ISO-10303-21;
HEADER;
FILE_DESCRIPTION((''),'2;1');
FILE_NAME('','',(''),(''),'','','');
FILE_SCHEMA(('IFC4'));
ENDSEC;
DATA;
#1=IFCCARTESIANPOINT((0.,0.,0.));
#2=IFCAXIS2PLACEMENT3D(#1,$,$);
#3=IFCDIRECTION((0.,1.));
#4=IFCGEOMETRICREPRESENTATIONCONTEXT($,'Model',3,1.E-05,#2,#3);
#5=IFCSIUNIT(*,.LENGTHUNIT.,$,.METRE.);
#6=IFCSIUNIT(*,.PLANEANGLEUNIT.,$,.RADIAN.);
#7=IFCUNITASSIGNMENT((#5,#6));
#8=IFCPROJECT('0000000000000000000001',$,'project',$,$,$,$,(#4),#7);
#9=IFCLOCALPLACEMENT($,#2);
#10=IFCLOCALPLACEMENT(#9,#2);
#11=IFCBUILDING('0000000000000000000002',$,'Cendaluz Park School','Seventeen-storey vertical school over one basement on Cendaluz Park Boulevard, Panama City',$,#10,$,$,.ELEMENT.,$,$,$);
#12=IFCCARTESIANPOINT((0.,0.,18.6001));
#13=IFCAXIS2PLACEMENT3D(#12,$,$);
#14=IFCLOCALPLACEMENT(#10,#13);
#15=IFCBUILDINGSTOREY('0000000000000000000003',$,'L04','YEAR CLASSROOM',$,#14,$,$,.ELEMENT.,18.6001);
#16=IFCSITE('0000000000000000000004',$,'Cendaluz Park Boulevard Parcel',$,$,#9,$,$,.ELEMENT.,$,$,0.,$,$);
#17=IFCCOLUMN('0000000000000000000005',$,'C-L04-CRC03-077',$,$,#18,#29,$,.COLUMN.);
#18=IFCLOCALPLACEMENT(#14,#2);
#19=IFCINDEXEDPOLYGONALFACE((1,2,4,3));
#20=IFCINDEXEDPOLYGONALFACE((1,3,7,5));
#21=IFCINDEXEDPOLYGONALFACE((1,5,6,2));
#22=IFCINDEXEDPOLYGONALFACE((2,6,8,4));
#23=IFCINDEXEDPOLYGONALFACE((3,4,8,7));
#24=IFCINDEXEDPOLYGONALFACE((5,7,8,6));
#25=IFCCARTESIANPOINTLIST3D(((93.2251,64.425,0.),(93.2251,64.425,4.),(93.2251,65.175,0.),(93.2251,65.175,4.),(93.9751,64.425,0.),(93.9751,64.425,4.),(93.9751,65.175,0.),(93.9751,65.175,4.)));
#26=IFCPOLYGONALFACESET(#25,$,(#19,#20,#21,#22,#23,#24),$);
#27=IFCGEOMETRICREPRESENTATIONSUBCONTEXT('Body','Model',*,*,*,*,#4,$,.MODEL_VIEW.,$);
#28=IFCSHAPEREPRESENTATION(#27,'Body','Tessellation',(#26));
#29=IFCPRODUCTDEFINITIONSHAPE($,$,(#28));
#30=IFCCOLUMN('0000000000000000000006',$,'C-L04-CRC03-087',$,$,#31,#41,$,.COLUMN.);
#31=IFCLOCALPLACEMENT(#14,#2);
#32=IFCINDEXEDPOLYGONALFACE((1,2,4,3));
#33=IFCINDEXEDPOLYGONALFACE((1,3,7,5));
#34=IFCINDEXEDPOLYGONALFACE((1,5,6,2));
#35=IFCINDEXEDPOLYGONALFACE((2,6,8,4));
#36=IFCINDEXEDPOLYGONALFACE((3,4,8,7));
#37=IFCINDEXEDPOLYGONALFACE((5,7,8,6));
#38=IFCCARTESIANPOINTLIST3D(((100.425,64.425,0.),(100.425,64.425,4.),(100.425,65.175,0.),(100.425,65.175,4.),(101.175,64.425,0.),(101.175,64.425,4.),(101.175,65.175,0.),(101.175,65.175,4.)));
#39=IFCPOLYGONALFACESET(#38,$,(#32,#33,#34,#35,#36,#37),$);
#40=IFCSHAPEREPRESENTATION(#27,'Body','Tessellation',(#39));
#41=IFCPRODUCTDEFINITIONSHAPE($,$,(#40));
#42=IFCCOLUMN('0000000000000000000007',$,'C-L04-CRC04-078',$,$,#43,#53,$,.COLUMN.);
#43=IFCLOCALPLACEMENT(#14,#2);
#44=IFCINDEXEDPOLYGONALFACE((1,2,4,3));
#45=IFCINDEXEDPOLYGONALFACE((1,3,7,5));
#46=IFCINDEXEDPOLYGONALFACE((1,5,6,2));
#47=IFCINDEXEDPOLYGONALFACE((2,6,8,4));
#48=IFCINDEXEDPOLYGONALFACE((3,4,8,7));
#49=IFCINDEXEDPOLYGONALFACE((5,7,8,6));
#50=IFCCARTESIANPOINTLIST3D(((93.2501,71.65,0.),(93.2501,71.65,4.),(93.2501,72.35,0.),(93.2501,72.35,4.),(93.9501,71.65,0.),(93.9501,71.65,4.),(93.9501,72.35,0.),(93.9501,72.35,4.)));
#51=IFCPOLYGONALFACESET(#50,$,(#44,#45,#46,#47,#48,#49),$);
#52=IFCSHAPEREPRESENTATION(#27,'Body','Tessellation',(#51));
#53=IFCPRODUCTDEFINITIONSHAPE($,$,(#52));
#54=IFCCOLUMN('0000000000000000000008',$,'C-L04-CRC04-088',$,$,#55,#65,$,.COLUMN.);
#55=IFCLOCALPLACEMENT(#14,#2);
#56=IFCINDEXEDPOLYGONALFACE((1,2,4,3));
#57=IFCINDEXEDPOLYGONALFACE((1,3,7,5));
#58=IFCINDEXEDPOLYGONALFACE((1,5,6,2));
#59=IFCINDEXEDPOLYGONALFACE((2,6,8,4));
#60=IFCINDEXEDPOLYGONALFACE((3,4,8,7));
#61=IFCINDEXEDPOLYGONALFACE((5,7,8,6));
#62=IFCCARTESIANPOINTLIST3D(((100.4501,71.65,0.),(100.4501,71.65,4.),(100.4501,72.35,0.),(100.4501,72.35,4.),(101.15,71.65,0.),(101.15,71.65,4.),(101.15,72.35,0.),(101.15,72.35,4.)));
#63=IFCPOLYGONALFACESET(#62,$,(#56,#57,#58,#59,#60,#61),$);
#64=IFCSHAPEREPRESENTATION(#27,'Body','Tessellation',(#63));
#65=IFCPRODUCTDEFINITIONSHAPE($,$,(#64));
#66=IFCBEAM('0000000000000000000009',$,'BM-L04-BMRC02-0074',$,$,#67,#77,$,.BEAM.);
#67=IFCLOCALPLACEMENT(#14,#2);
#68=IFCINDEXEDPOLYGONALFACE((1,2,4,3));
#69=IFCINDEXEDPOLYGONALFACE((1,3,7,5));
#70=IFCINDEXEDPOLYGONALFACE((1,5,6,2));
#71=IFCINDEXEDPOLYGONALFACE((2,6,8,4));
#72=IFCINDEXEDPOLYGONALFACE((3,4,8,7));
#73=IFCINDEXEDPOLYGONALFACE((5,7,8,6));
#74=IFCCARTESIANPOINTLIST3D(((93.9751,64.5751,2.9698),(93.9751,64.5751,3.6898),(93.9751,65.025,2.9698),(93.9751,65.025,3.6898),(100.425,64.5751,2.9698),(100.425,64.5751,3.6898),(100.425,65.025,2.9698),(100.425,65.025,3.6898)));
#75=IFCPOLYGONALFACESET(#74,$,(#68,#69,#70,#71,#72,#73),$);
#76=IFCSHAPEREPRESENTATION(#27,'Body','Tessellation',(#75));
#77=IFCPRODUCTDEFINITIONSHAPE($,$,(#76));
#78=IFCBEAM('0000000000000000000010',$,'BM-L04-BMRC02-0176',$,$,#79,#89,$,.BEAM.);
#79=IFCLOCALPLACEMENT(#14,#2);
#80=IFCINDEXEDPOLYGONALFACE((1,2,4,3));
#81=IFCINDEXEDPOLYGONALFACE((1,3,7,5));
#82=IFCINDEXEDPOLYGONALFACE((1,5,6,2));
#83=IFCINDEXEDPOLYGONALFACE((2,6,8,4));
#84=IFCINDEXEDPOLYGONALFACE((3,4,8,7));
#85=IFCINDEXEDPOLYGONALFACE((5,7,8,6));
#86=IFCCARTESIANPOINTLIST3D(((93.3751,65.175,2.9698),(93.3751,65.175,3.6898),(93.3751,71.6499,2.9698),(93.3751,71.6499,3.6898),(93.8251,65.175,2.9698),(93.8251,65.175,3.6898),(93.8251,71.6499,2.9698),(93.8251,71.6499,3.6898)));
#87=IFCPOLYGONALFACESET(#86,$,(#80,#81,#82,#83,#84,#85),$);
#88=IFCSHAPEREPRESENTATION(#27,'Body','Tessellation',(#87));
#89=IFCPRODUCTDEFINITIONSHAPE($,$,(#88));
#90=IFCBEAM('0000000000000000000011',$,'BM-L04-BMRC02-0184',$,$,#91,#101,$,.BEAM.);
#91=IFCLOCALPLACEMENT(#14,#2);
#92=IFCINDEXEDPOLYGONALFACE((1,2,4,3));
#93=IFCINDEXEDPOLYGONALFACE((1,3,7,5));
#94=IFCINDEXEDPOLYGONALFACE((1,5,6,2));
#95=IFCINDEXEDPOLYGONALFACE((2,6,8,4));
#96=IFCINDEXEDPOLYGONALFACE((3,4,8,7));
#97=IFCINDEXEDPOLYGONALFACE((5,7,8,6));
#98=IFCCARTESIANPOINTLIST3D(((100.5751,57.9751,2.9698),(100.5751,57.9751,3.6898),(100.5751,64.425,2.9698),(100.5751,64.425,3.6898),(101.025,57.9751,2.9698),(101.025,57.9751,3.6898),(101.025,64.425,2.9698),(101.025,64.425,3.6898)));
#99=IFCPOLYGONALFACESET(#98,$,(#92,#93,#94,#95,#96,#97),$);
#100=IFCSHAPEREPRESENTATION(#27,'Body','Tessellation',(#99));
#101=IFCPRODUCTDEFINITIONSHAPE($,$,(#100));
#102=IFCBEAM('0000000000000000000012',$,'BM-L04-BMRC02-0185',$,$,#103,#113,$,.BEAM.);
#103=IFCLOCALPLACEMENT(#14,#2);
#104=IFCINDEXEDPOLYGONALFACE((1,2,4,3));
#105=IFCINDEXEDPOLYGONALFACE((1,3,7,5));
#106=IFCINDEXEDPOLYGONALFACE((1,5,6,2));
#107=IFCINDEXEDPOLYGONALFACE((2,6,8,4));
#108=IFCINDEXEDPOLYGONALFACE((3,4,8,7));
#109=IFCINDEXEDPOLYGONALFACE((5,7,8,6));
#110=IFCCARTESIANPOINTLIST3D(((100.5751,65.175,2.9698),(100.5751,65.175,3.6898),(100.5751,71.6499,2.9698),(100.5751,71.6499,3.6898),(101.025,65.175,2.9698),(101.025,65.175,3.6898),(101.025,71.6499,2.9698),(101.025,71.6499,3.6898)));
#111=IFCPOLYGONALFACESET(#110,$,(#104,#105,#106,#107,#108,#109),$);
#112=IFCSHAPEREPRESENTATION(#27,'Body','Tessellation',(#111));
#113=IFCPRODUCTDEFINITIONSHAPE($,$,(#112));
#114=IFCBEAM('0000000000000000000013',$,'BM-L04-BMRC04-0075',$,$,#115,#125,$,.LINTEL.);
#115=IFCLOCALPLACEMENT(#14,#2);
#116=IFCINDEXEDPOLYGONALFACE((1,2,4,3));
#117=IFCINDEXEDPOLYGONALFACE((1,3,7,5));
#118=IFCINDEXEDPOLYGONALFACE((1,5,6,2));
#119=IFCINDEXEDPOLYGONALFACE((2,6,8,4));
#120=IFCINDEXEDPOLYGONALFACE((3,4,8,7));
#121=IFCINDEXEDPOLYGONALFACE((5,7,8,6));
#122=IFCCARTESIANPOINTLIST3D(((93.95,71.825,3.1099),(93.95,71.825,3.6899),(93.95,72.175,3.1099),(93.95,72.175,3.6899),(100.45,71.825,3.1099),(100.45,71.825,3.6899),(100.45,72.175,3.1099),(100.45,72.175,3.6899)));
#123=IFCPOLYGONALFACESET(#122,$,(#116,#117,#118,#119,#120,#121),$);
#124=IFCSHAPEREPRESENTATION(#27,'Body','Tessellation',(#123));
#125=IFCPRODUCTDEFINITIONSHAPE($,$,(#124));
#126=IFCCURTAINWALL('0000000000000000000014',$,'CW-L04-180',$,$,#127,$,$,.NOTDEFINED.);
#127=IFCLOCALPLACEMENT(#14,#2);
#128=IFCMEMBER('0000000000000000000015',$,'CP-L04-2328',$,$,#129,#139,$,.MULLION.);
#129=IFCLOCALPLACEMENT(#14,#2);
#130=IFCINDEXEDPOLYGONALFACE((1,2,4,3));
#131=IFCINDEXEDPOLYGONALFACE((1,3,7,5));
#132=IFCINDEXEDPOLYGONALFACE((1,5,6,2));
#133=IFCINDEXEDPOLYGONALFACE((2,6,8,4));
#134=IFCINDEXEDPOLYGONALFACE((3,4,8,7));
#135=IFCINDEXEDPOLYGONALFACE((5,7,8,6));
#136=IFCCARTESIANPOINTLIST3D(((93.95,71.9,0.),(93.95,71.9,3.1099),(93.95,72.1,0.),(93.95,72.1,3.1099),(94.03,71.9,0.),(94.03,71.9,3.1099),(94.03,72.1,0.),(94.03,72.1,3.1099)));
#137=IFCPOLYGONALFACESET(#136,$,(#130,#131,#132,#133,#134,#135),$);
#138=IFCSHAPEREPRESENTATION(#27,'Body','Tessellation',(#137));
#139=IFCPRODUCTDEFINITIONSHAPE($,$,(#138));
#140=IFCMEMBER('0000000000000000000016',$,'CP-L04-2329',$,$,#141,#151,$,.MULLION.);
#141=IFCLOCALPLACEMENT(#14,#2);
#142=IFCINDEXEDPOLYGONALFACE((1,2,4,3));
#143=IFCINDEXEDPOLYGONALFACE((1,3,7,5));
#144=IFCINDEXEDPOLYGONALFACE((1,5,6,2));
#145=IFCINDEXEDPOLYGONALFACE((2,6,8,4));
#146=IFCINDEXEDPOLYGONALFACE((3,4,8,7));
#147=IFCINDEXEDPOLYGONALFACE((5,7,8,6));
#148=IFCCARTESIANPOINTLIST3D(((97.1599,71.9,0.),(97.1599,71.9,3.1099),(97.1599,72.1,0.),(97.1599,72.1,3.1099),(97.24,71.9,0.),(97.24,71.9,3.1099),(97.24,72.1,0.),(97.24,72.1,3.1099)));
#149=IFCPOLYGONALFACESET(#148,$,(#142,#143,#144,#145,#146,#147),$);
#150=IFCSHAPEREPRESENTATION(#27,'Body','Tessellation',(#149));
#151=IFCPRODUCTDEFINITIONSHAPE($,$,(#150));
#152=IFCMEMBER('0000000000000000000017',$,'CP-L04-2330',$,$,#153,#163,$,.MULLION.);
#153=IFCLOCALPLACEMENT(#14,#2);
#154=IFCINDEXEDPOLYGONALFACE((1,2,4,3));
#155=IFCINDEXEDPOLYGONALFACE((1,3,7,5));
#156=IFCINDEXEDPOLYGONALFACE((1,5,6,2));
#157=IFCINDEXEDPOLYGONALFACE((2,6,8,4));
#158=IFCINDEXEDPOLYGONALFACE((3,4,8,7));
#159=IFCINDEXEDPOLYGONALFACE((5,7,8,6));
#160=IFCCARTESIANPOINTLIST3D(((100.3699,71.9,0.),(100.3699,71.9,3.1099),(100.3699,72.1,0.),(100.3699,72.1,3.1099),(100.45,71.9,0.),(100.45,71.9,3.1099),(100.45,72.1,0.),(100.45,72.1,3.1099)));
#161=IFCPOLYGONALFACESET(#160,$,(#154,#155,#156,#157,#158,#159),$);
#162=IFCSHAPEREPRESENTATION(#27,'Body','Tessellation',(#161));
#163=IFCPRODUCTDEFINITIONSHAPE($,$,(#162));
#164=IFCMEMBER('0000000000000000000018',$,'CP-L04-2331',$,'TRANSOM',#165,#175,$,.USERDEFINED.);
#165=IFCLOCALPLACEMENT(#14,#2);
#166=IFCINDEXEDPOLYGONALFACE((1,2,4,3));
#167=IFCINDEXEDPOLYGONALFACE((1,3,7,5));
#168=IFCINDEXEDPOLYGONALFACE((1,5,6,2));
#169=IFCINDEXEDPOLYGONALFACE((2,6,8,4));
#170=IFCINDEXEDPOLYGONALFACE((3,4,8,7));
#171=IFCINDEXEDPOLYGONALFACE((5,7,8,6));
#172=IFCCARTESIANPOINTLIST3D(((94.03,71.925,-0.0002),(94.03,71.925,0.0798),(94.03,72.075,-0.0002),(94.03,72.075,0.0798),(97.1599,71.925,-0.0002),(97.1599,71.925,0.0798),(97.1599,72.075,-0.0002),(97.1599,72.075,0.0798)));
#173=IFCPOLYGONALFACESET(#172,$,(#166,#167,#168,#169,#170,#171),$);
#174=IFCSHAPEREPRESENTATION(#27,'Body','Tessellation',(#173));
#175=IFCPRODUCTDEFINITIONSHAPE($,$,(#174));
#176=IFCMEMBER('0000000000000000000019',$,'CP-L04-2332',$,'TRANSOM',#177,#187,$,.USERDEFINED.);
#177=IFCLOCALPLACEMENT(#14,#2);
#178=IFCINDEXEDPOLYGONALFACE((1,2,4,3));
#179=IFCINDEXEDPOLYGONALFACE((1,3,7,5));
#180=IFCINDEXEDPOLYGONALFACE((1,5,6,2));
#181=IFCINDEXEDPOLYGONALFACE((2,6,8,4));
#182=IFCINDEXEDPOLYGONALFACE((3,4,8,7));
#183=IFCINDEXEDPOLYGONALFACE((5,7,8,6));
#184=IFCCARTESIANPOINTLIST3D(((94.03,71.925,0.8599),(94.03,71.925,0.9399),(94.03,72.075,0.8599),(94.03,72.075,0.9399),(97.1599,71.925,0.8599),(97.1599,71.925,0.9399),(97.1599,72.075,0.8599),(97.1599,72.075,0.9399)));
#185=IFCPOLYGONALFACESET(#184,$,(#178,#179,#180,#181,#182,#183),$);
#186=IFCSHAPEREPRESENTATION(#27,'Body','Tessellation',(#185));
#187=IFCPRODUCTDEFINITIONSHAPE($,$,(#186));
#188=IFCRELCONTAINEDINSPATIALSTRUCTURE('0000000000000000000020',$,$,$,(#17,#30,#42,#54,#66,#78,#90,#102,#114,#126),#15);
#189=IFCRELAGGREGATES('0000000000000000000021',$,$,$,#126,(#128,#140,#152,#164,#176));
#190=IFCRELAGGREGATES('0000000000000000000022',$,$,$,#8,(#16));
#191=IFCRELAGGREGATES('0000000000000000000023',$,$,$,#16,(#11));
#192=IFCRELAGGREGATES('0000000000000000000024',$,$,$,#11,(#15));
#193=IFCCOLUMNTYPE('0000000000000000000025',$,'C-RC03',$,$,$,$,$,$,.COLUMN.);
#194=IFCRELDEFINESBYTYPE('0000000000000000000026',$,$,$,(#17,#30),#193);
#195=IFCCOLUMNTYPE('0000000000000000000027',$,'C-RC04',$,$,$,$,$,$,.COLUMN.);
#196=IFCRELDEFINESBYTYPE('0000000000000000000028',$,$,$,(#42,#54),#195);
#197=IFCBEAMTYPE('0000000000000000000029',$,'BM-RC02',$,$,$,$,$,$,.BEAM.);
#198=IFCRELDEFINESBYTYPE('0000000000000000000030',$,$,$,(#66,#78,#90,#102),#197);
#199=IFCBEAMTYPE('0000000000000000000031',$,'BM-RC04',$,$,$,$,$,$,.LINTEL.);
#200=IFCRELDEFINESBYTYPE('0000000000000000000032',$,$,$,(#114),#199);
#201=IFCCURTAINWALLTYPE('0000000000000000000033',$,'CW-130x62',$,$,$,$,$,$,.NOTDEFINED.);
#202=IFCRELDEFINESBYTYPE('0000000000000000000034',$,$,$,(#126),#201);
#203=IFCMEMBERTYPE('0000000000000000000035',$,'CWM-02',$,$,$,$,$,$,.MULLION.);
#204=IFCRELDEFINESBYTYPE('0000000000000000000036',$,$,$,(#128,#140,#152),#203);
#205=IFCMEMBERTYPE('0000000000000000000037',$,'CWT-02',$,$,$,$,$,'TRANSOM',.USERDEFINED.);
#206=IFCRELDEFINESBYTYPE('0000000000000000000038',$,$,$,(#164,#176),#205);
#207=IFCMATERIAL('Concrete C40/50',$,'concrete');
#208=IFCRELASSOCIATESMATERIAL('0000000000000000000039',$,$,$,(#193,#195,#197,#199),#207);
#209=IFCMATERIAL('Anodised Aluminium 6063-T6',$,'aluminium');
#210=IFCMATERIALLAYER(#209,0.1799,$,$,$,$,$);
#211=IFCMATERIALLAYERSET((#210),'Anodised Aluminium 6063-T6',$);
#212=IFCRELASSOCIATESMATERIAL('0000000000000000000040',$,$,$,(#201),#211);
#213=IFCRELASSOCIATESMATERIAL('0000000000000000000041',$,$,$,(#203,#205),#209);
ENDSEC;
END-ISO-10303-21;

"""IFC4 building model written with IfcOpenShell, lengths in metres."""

from ifc_helpers import new_model, si_unit, direction, frame, origin, origin_2d, place, context, subcontext, project, spatial, rectangle, extrude, material, layer, layer_set, material_profile, profile_set, type_object, element, aggregate, save


model = new_model("IFC4")

# Units and contexts
model_context = context("Model", 3, precision=1e-05, world=origin(), true_north=direction((0.0, 1.0)))
body_context = subcontext(model_context, "Body", "Model", "MODEL_VIEW")
ifc_project = project(units=[si_unit("LENGTHUNIT", "METRE"), si_unit("PLANEANGLEUNIT", "RADIAN")], contexts=[model_context])

# Site, building, storey
site_placement = place(None, origin())
site = spatial("IfcSite", under=ifc_project, at=site_placement, Name="Cendaluz Park Boulevard Parcel", CompositionType="ELEMENT", RefElevation=0.0)
building_placement = place(site_placement, origin())
building = spatial("IfcBuilding", under=site, at=building_placement, Name="Cendaluz Park School", Description="Seventeen-storey vertical school over one basement on Cendaluz Park Boulevard, Panama City", CompositionType="ELEMENT")
storey_placement = place(building_placement, frame((0.0, 0.0, 18.6001)))
storey = spatial("IfcBuildingStorey", under=building, at=storey_placement, Name="L04", Description="YEAR CLASSROOM", CompositionType="ELEMENT", Elevation=18.6001)

# Columns
ifc_material_1 = material(Name="Concrete C40/50", Category="concrete")
ifc_material_profile_1 = material_profile(ifc_material_1, rectangle(XDim=0.75, YDim=0.75, at=origin_2d()), Name="RC 750x750", Category="concrete")
ifc_profile_set_1 = profile_set([ifc_material_profile_1], Name="Concrete C40/50")
column_type_1 = type_object("IfcColumnType", Name="C-RC03", PredefinedType="COLUMN", material=ifc_profile_set_1)
for number, where, z_axis, x_axis, name in (
    (1, (93.6001, 64.8, 0.0), (0.0, 0.0, 1.0), (1.0, 0.0, 0.0), "C-L04-CRC03-077"),
    (2, (100.8, 64.8, 0.0), (0.0, 0.0, 1.0), (1.0, 0.0, 0.0), "C-L04-CRC03-087"),
):
    element("IfcColumn", number, at=place(storey_placement, frame(where, z_axis=z_axis, x_axis=x_axis)), inside=storey, type_object=column_type_1, Name=name, PredefinedType="COLUMN", context=body_context, shape_type="SweptSolid", body=[
        extrude(rectangle(XDim=0.75, YDim=0.75, at=origin_2d()), origin(), (0.0, 0.0, 1.0), 4.0),
    ])
ifc_material_profile_2 = material_profile(ifc_material_1, rectangle(XDim=0.7, YDim=0.7, at=origin_2d()), Name="RC 700x700", Category="concrete")
ifc_profile_set_2 = profile_set([ifc_material_profile_2], Name="Concrete C40/50")
column_type_2 = type_object("IfcColumnType", Name="C-RC04", PredefinedType="COLUMN", material=ifc_profile_set_2)
for number, where, z_axis, x_axis, name in (
    (3, (93.6001, 72.0, 0.0), (0.0, 0.0, 1.0), (1.0, 0.0, 0.0), "C-L04-CRC04-078"),
    (4, (100.8, 72.0, 0.0), (0.0, 0.0, 1.0), (1.0, 0.0, 0.0), "C-L04-CRC04-088"),
):
    element("IfcColumn", number, at=place(storey_placement, frame(where, z_axis=z_axis, x_axis=x_axis)), inside=storey, type_object=column_type_2, Name=name, PredefinedType="COLUMN", context=body_context, shape_type="SweptSolid", body=[
        extrude(rectangle(XDim=0.7, YDim=0.7, at=origin_2d()), origin(), (0.0, 0.0, 1.0), 4.0),
    ])

# Beams
ifc_material_profile_3 = material_profile(ifc_material_1, rectangle(XDim=0.45, YDim=0.72, at=origin_2d()), Name="RC 450x720", Category="concrete")
ifc_profile_set_3 = profile_set([ifc_material_profile_3], Name="Concrete C40/50")
beam_type_1 = type_object("IfcBeamType", Name="BM-RC02", PredefinedType="BEAM", material=ifc_profile_set_3)
beam_1_placement = place(storey_placement, frame((93.9751, 64.8, 3.3298), z_axis=(1.0, 0.0, 0.0), x_axis=(0.0, 1.0, 0.0)))
element("IfcBeam", 5, at=beam_1_placement, inside=storey, type_object=beam_type_1, Name="BM-L04-BMRC02-0074", PredefinedType="BEAM", context=body_context, shape_type="SweptSolid", body=[
    extrude(rectangle(XDim=0.45, YDim=0.72, at=origin_2d()), origin(), (0.0, 0.0, 1.0), 6.45),
])
beam_2_placement = place(storey_placement, frame((93.6001, 65.175, 3.3298), z_axis=(0.0, 1.0, 0.0), x_axis=(-1.0, 0.0, 0.0)))
element("IfcBeam", 6, at=beam_2_placement, inside=storey, type_object=beam_type_1, Name="BM-L04-BMRC02-0176", PredefinedType="BEAM", context=body_context, shape_type="SweptSolid", body=[
    extrude(rectangle(XDim=0.45, YDim=0.72, at=origin_2d()), origin(), (0.0, 0.0, 1.0), 6.4749),
])
beam_3_placement = place(storey_placement, frame((100.8, 57.9751, 3.3298), z_axis=(0.0, 1.0, 0.0), x_axis=(-1.0, 0.0, 0.0)))
element("IfcBeam", 7, at=beam_3_placement, inside=storey, type_object=beam_type_1, Name="BM-L04-BMRC02-0184", PredefinedType="BEAM", context=body_context, shape_type="SweptSolid", body=[
    extrude(rectangle(XDim=0.45, YDim=0.72, at=origin_2d()), origin(), (0.0, 0.0, 1.0), 6.45),
])
beam_4_placement = place(storey_placement, frame((100.8, 65.175, 3.3298), z_axis=(0.0, 1.0, 0.0), x_axis=(-1.0, 0.0, 0.0)))
element("IfcBeam", 8, at=beam_4_placement, inside=storey, type_object=beam_type_1, Name="BM-L04-BMRC02-0185", PredefinedType="BEAM", context=body_context, shape_type="SweptSolid", body=[
    extrude(rectangle(XDim=0.45, YDim=0.72, at=origin_2d()), origin(), (0.0, 0.0, 1.0), 6.4749),
])
ifc_material_profile_4 = material_profile(ifc_material_1, rectangle(XDim=0.3501, YDim=0.5801, at=origin_2d()), Name="RC 350x580", Category="concrete")
ifc_profile_set_4 = profile_set([ifc_material_profile_4], Name="Concrete C40/50")
beam_type_2 = type_object("IfcBeamType", Name="BM-RC04", PredefinedType="LINTEL", material=ifc_profile_set_4)
beam_5_placement = place(storey_placement, frame((93.95, 72.0, 3.3999), z_axis=(1.0, 0.0, 0.0), x_axis=(0.0, 1.0, 0.0)))
element("IfcBeam", 9, at=beam_5_placement, inside=storey, type_object=beam_type_2, Name="BM-L04-BMRC04-0075", PredefinedType="LINTEL", context=body_context, shape_type="SweptSolid", body=[
    extrude(rectangle(XDim=0.3501, YDim=0.5801, at=origin_2d()), origin(), (0.0, 0.0, 1.0), 6.5),
])

# Curtain wall, members
ifc_material_2 = material(Name="Anodised Aluminium 6063-T6", Category="aluminium")
ifc_layer_1 = layer(ifc_material_2, 0.1799)
ifc_layer_set_1 = layer_set([ifc_layer_1], Name="Anodised Aluminium 6063-T6")
curtain_wall_type = type_object("IfcCurtainWallType", Name="CW-130x62", PredefinedType="NOTDEFINED", material=ifc_layer_set_1)
curtain_wall_placement = place(storey_placement, origin())
curtain_wall = element("IfcCurtainWall", 10, at=curtain_wall_placement, inside=storey, type_object=curtain_wall_type, Name="CW-L04-180", PredefinedType="NOTDEFINED")
ifc_material_profile_5 = material_profile(ifc_material_2, rectangle(XDim=0.2, YDim=0.0801, at=origin_2d()), Name="CWM 200x80", Category="aluminium")
ifc_profile_set_5 = profile_set([ifc_material_profile_5], Name="Anodised Aluminium 6063-T6")
member_type_1 = type_object("IfcMemberType", Name="CWM-02", PredefinedType="MULLION", material=ifc_profile_set_5)
member_1_placement = place(storey_placement, frame((93.99, 72.0, 0.0), z_axis=(0.0, 0.0, 1.0), x_axis=(0.0, 1.0, 0.0)))
member_1 = element("IfcMember", 11, at=member_1_placement, type_object=member_type_1, Name="CP-L04-2328", PredefinedType="MULLION", context=body_context, shape_type="SweptSolid", body=[
    extrude(rectangle(XDim=0.2, YDim=0.0801, at=origin_2d()), origin(), (0.0, 0.0, 1.0), 3.1099),
])
member_2_placement = place(storey_placement, frame((97.2, 72.0, 0.0), z_axis=(0.0, 0.0, 1.0), x_axis=(0.0, 1.0, 0.0)))
member_2 = element("IfcMember", 12, at=member_2_placement, type_object=member_type_1, Name="CP-L04-2329", PredefinedType="MULLION", context=body_context, shape_type="SweptSolid", body=[
    extrude(rectangle(XDim=0.2, YDim=0.0801, at=origin_2d()), origin(), (0.0, 0.0, 1.0), 3.1099),
])
member_3_placement = place(storey_placement, frame((100.4099, 72.0, 0.0), z_axis=(0.0, 0.0, 1.0), x_axis=(0.0, 1.0, 0.0)))
member_3 = element("IfcMember", 13, at=member_3_placement, type_object=member_type_1, Name="CP-L04-2330", PredefinedType="MULLION", context=body_context, shape_type="SweptSolid", body=[
    extrude(rectangle(XDim=0.2, YDim=0.0801, at=origin_2d()), origin(), (0.0, 0.0, 1.0), 3.1099),
])
ifc_material_profile_6 = material_profile(ifc_material_2, rectangle(XDim=0.1499, YDim=0.0801, at=origin_2d()), Name="CWT 150x80", Category="aluminium")
ifc_profile_set_6 = profile_set([ifc_material_profile_6], Name="Anodised Aluminium 6063-T6")
member_type_2 = type_object("IfcMemberType", Name="CWT-02", ElementType="TRANSOM", PredefinedType="USERDEFINED", material=ifc_profile_set_6)
member_4_placement = place(storey_placement, frame((94.03, 72.0, 0.0398), z_axis=(1.0, 0.0, 0.0), x_axis=(0.0, 1.0, 0.0)))
member_4 = element("IfcMember", 14, at=member_4_placement, type_object=member_type_2, Name="CP-L04-2331", ObjectType="TRANSOM", PredefinedType="USERDEFINED", context=body_context, shape_type="SweptSolid", body=[
    extrude(rectangle(XDim=0.1499, YDim=0.0801, at=origin_2d()), origin(), (0.0, 0.0, 1.0), 3.1299),
])
member_5_placement = place(storey_placement, frame((94.03, 72.0, 0.8999), z_axis=(1.0, 0.0, 0.0), x_axis=(0.0, 1.0, 0.0)))
member_5 = element("IfcMember", 15, at=member_5_placement, type_object=member_type_2, Name="CP-L04-2332", ObjectType="TRANSOM", PredefinedType="USERDEFINED", context=body_context, shape_type="SweptSolid", body=[
    extrude(rectangle(XDim=0.1499, YDim=0.0801, at=origin_2d()), origin(), (0.0, 0.0, 1.0), 3.1299),
])

aggregate(curtain_wall, [member_1, member_2, member_3, member_4, member_5])

save(model, "model.ifc")
